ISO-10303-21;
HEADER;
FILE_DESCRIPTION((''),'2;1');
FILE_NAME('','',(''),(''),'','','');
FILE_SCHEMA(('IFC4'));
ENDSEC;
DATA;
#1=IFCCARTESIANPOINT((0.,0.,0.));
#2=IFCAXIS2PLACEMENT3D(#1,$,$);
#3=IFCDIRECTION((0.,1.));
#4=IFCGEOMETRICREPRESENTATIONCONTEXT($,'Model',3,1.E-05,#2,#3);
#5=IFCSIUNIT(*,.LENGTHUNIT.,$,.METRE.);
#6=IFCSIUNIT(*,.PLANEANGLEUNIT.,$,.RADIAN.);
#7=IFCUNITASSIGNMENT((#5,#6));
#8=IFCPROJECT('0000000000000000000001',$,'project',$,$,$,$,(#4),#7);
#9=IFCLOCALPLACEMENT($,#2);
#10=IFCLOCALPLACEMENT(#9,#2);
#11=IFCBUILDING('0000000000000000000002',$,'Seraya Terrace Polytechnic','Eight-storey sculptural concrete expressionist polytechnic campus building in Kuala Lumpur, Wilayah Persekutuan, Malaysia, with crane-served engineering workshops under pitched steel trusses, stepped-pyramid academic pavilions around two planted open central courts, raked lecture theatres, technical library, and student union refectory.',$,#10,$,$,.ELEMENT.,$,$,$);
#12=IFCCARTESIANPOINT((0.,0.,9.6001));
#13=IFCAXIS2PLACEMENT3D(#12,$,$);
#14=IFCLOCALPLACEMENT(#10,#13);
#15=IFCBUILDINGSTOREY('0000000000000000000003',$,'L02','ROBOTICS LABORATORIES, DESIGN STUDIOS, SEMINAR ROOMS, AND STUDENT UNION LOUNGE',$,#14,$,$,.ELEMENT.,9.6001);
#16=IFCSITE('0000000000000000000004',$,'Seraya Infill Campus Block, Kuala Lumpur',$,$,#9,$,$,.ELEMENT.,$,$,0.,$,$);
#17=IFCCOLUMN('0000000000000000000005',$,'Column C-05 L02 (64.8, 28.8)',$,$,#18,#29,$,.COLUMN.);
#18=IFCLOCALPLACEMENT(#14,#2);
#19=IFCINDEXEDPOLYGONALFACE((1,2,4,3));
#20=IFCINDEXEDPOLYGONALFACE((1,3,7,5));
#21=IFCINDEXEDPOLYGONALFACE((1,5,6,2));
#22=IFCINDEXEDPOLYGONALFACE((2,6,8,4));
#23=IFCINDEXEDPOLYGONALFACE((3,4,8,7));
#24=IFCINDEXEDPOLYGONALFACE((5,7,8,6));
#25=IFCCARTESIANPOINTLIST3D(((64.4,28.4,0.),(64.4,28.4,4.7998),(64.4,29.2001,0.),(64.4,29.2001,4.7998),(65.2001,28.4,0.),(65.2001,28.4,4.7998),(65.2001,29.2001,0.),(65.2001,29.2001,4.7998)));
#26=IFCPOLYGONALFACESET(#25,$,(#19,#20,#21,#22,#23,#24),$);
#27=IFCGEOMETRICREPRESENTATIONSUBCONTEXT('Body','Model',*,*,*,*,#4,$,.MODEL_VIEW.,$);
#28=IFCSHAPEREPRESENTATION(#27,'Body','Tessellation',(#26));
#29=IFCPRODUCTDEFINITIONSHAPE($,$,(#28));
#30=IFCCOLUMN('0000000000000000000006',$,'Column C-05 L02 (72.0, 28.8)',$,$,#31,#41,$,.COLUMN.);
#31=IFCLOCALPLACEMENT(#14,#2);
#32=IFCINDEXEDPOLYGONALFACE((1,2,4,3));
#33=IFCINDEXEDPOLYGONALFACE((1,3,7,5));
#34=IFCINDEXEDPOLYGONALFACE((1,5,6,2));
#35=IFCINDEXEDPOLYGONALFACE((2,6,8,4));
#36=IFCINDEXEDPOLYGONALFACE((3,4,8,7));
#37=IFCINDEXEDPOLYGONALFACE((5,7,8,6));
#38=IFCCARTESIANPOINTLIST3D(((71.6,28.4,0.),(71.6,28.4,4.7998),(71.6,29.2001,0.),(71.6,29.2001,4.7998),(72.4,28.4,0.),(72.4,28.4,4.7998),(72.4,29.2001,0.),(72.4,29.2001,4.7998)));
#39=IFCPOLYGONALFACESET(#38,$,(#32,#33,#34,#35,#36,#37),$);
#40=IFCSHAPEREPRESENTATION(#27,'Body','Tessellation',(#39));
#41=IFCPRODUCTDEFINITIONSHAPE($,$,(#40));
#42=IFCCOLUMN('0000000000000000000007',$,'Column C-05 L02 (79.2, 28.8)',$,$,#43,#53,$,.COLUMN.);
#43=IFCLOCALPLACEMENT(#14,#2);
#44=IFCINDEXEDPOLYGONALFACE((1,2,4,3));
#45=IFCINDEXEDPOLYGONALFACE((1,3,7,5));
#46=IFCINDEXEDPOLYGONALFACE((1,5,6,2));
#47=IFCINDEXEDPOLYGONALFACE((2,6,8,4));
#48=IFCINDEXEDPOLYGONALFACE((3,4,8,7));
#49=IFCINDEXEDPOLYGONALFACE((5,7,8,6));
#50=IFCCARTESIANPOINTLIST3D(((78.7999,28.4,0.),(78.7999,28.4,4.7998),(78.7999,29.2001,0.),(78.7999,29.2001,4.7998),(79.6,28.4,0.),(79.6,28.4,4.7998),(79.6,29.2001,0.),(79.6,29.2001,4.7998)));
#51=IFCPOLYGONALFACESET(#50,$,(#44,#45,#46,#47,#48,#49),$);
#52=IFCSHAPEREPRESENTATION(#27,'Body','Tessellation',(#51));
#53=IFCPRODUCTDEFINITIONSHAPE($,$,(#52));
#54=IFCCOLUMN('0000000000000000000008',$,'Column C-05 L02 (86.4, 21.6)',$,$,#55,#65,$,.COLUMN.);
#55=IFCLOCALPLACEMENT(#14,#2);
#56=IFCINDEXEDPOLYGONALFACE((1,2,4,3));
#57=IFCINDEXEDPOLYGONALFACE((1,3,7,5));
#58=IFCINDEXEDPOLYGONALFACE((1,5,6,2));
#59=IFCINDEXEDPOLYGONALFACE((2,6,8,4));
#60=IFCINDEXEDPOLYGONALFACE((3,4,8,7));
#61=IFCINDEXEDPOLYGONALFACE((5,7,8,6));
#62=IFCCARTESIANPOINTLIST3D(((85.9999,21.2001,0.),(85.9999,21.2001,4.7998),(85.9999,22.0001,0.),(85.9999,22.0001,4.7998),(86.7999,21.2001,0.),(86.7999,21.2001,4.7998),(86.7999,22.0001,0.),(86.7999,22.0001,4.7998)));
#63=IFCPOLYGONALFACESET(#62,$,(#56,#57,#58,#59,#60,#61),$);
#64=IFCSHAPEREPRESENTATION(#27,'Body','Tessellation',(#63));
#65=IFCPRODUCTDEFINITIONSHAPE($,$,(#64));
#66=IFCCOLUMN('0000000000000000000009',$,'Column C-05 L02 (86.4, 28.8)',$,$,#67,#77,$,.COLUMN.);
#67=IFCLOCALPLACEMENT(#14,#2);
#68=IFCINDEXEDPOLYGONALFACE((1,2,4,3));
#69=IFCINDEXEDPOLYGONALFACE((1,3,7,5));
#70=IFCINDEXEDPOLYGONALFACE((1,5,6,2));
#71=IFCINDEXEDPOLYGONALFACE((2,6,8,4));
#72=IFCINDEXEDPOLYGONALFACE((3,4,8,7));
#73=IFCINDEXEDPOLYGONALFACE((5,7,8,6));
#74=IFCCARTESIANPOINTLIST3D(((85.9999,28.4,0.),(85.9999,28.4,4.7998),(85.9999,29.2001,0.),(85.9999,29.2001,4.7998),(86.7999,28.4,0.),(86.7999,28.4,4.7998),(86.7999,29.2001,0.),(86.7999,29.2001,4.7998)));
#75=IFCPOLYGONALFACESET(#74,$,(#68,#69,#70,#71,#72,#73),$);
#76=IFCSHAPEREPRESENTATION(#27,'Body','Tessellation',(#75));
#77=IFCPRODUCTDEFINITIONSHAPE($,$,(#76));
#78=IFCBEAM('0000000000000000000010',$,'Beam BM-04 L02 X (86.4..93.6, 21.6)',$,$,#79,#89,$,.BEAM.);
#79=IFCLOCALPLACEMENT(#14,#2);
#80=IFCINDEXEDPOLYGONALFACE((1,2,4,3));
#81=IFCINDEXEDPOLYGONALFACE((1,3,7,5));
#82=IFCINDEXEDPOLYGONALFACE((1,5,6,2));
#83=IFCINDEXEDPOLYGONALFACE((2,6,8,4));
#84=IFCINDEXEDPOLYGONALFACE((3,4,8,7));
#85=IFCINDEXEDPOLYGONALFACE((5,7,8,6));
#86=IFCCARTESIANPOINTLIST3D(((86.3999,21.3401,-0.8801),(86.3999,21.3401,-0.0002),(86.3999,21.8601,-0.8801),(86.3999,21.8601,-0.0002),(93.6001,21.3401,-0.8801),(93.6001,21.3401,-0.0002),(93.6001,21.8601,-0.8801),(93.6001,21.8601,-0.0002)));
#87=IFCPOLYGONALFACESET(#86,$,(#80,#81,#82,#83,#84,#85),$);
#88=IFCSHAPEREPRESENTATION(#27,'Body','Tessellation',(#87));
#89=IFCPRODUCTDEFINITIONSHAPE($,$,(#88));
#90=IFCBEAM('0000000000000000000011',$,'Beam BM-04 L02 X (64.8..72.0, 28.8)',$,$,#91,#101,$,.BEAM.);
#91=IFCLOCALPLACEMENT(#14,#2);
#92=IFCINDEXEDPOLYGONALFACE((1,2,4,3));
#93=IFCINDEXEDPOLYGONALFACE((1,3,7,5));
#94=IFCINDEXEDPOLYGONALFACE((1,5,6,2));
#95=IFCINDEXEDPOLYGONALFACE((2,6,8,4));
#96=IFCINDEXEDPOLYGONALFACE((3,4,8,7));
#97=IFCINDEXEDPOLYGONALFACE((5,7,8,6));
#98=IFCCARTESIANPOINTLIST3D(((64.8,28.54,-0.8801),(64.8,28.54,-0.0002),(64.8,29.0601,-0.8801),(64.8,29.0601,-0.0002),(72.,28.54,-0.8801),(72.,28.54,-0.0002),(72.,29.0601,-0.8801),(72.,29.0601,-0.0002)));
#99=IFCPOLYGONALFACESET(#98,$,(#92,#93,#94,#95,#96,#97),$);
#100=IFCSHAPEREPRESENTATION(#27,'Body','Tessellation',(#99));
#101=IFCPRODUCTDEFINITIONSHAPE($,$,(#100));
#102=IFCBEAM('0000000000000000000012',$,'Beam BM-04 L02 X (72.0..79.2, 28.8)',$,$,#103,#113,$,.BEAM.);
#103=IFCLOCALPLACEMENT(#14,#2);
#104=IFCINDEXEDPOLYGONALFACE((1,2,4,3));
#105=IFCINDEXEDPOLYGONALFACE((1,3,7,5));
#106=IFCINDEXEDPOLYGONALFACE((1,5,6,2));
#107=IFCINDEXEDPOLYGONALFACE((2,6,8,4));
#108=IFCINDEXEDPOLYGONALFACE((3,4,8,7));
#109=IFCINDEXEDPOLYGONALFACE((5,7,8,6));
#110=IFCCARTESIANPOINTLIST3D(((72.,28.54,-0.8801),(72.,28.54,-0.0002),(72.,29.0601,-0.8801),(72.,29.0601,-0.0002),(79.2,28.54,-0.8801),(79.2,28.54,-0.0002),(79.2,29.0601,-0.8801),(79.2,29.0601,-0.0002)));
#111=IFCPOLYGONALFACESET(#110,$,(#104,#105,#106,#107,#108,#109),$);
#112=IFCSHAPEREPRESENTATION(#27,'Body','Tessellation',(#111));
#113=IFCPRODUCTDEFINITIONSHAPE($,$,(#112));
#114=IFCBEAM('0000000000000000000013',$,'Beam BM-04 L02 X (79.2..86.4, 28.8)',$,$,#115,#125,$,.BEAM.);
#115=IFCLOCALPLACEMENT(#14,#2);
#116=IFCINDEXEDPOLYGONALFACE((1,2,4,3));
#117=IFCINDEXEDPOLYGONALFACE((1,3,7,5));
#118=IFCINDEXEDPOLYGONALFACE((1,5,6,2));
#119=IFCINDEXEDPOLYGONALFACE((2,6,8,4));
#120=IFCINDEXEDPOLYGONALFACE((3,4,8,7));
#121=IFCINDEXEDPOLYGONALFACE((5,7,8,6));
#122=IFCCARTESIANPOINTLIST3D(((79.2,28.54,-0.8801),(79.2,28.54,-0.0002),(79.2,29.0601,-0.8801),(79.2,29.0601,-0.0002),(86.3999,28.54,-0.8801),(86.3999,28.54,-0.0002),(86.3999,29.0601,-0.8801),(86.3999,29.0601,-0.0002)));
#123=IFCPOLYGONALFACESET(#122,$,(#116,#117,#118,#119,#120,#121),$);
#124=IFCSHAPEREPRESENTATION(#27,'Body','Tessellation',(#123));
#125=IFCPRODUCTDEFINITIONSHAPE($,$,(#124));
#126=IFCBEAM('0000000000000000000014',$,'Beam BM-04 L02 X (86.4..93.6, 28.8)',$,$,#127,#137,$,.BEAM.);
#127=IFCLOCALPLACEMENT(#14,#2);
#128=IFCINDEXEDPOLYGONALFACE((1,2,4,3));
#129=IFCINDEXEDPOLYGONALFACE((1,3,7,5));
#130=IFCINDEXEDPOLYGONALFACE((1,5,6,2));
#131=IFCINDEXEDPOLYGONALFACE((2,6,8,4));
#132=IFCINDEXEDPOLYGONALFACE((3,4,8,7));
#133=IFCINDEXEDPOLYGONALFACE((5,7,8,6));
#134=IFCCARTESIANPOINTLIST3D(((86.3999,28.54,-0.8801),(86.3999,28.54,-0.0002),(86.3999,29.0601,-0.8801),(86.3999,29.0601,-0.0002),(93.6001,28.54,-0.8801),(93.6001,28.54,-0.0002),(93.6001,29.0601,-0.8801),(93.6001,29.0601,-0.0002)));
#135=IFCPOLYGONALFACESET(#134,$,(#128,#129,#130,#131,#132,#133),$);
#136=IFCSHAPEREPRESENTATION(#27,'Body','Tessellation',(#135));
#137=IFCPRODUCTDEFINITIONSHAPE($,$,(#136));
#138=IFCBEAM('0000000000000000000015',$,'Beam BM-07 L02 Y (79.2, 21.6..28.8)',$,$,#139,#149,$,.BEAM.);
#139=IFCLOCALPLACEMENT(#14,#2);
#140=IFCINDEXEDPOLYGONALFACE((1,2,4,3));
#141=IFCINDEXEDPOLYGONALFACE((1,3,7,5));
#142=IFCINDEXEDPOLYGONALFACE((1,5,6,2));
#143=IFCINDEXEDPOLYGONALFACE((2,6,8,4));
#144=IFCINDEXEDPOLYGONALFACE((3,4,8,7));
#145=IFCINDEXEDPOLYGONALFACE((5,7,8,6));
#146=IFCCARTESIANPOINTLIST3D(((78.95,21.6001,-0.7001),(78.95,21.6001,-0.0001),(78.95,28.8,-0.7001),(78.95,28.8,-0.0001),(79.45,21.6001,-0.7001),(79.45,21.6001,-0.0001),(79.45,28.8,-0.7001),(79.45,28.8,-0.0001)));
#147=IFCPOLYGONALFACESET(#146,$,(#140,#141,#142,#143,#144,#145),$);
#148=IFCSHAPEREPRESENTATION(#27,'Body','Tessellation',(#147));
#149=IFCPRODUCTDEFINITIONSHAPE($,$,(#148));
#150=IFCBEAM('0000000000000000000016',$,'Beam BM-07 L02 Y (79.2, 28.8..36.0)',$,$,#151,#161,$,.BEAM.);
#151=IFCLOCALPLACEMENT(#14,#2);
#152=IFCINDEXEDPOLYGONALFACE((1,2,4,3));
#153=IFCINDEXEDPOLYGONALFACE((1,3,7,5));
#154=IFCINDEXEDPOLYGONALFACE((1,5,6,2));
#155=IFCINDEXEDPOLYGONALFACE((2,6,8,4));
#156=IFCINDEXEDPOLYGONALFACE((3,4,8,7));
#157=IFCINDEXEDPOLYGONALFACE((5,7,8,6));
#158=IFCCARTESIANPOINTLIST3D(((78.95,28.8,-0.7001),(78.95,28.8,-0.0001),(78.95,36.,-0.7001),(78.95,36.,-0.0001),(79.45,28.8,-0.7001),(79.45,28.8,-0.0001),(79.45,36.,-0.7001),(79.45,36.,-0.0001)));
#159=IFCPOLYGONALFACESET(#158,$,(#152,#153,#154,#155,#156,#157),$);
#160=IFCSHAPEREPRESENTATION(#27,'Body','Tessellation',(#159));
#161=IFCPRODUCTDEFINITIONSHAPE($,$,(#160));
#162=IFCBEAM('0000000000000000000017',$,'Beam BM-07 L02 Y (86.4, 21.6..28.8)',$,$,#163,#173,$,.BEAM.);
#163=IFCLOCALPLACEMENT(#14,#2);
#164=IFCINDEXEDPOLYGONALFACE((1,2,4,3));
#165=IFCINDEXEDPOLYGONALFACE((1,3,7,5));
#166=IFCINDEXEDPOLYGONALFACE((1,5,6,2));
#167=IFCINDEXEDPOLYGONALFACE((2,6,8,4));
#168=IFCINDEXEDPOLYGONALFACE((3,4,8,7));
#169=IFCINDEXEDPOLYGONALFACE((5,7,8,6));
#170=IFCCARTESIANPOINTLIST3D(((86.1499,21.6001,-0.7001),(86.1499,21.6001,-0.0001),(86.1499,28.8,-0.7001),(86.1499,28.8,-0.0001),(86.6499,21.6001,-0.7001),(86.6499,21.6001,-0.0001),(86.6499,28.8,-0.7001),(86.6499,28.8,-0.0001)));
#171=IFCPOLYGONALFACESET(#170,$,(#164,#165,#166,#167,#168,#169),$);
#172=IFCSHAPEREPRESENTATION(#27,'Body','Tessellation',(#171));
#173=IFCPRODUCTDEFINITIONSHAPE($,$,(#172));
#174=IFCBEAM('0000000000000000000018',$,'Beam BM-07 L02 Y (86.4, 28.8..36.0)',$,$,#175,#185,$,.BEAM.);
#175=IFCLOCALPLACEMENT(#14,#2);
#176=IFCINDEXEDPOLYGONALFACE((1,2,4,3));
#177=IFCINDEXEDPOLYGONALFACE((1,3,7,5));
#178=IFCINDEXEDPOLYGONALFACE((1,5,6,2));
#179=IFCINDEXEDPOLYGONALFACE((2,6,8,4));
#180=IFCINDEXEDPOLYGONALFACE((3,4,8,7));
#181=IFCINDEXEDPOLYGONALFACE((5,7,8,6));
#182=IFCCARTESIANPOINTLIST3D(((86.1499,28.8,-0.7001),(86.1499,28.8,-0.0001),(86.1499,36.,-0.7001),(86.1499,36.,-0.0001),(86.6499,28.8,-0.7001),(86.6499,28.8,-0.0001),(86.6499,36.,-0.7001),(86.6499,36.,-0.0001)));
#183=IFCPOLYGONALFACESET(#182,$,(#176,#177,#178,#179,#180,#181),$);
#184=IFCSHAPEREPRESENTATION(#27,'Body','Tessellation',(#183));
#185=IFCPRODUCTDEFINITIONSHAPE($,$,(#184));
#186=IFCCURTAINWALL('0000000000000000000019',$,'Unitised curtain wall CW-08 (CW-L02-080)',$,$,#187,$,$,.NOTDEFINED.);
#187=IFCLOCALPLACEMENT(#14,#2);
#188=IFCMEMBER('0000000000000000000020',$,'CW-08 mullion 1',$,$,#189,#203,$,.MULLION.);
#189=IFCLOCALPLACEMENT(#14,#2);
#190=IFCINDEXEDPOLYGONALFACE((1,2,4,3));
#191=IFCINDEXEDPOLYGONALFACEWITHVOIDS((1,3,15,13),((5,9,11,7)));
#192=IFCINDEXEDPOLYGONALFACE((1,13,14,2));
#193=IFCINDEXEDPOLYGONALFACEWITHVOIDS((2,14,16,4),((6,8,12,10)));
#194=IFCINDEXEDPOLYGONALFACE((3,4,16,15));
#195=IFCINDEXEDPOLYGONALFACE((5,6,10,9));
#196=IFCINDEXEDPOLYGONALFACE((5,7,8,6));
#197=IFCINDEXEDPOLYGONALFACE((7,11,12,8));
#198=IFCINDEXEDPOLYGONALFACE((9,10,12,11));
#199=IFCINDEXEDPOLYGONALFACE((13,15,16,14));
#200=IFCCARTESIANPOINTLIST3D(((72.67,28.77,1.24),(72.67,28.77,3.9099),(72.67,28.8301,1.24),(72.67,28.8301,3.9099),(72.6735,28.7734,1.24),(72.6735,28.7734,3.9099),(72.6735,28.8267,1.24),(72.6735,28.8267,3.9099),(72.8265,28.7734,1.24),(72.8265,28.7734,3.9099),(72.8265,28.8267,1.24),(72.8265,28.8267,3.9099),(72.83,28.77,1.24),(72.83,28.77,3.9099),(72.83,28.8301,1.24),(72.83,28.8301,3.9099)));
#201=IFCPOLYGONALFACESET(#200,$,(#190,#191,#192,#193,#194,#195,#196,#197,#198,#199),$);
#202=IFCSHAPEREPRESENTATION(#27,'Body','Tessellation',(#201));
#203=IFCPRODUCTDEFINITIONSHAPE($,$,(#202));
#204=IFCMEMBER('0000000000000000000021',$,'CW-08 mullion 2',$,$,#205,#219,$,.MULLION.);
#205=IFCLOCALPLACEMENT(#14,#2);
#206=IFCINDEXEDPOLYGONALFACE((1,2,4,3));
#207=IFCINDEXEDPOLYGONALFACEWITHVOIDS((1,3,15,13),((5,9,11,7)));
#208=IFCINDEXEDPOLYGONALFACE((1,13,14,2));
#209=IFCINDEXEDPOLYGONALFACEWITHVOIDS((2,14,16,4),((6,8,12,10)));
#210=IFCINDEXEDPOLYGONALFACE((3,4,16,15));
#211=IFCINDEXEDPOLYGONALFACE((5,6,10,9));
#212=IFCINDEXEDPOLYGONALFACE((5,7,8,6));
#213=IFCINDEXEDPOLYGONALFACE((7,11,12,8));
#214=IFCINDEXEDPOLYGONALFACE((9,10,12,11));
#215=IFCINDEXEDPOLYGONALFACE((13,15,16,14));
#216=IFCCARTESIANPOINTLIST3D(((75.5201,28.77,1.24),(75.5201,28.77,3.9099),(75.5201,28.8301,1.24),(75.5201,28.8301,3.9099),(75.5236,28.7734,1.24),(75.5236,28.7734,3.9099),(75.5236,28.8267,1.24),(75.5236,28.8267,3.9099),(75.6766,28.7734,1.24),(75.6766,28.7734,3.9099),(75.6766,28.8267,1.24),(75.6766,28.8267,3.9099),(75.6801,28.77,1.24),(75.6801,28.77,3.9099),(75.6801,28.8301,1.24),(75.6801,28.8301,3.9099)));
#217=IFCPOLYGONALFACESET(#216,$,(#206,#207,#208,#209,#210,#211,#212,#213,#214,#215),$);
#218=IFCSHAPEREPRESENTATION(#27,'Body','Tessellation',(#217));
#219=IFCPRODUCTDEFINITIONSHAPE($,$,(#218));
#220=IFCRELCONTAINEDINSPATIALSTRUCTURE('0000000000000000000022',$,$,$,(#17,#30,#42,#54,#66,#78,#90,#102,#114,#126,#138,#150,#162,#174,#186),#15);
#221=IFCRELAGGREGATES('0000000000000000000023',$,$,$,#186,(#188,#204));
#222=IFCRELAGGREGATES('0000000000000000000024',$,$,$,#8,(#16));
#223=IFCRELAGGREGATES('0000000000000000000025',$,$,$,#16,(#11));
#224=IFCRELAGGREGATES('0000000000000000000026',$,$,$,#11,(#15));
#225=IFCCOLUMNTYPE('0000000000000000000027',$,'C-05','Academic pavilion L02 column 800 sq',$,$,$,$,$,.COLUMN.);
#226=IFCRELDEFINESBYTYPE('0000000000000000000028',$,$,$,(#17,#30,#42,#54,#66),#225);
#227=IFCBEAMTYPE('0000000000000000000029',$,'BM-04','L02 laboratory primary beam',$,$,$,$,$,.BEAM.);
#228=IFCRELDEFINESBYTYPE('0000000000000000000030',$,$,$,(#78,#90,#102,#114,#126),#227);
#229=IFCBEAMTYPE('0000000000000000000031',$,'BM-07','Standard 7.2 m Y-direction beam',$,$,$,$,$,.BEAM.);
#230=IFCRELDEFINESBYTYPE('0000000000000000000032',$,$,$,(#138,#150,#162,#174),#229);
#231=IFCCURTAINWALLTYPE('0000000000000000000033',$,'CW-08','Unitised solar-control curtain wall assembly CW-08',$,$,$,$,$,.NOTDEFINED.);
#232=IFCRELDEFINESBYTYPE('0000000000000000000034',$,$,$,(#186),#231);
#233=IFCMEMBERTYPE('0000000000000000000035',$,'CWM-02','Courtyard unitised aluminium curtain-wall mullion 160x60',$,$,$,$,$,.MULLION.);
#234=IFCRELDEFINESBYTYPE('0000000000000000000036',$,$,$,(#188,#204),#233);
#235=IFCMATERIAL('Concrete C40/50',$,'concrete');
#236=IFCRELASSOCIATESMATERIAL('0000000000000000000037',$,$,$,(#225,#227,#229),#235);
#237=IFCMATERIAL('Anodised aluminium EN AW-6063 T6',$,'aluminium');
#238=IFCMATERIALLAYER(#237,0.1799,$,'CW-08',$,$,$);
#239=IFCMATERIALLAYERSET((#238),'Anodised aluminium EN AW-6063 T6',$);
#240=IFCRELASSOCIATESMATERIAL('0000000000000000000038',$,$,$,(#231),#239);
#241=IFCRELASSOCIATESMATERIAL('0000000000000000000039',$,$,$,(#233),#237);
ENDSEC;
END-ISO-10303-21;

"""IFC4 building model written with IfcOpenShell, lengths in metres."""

from ifc_helpers import new_model, si_unit, direction, frame, origin, origin_2d, place, context, subcontext, project, spatial, rectangle, hollow_rectangle, extrude, material, layer, layer_set, material_profile, profile_set, type_object, element, aggregate, save


model = new_model("IFC4")

# Units and contexts
model_context = context("Model", 3, precision=1e-05, world=origin(), true_north=direction((0.0, 1.0)))
body_context = subcontext(model_context, "Body", "Model", "MODEL_VIEW")
ifc_project = project(units=[si_unit("LENGTHUNIT", "METRE"), si_unit("PLANEANGLEUNIT", "RADIAN")], contexts=[model_context])

# Site, building, storey
site_placement = place(None, origin())
site = spatial("IfcSite", under=ifc_project, at=site_placement, Name="Seraya Infill Campus Block, Kuala Lumpur", CompositionType="ELEMENT", RefElevation=0.0)
building_placement = place(site_placement, origin())
building = spatial("IfcBuilding", under=site, at=building_placement, Name="Seraya Terrace Polytechnic", Description="Eight-storey sculptural concrete expressionist polytechnic campus building in Kuala Lumpur, Wilayah Persekutuan, Malaysia, with crane-served engineering workshops under pitched steel trusses, stepped-pyramid academic pavilions around two planted open central courts, raked lecture theatres, technical library, and student union refectory.", CompositionType="ELEMENT")
storey_placement = place(building_placement, frame((0.0, 0.0, 9.6001)))
storey = spatial("IfcBuildingStorey", under=building, at=storey_placement, Name="L02", Description="ROBOTICS LABORATORIES, DESIGN STUDIOS, SEMINAR ROOMS, AND STUDENT UNION LOUNGE", CompositionType="ELEMENT", Elevation=9.6001)

# Columns
ifc_material_1 = material(Name="Concrete C40/50", Category="concrete")
ifc_material_profile_1 = material_profile(ifc_material_1, rectangle(XDim=0.8, YDim=0.8, at=origin_2d()), Name="RC 800x800")
ifc_profile_set_1 = profile_set([ifc_material_profile_1], Name="Concrete C40/50")
column_type = type_object("IfcColumnType", Name="C-05", Description="Academic pavilion L02 column 800 sq", PredefinedType="COLUMN", material=ifc_profile_set_1)
for number, where, z_axis, x_axis, name in (
    (1, (64.8, 28.8, 0.0), (0.0, 0.0, 1.0), (1.0, 0.0, 0.0), "Column C-05 L02 (64.8, 28.8)"),
    (2, (72.0, 28.8, 0.0), (0.0, 0.0, 1.0), (1.0, 0.0, 0.0), "Column C-05 L02 (72.0, 28.8)"),
    (3, (79.2, 28.8, 0.0), (0.0, 0.0, 1.0), (1.0, 0.0, 0.0), "Column C-05 L02 (79.2, 28.8)"),
    (4, (86.3999, 21.6001, 0.0), (0.0, 0.0, 1.0), (1.0, 0.0, 0.0), "Column C-05 L02 (86.4, 21.6)"),
    (5, (86.3999, 28.8, 0.0), (0.0, 0.0, 1.0), (1.0, 0.0, 0.0), "Column C-05 L02 (86.4, 28.8)"),
):
    element("IfcColumn", number, at=place(storey_placement, frame(where, z_axis=z_axis, x_axis=x_axis)), inside=storey, type_object=column_type, Name=name, PredefinedType="COLUMN", context=body_context, shape_type="SweptSolid", body=[
        extrude(rectangle(XDim=0.8, YDim=0.8, at=origin_2d()), origin(), (0.0, 0.0, 1.0), 4.7998),
    ])

# Beams
ifc_material_profile_2 = material_profile(ifc_material_1, rectangle(XDim=0.52, YDim=0.8799, at=origin_2d()), Name="RC 520x880")
ifc_profile_set_2 = profile_set([ifc_material_profile_2], Name="Concrete C40/50")
beam_type_1 = type_object("IfcBeamType", Name="BM-04", Description="L02 laboratory primary beam", PredefinedType="BEAM", material=ifc_profile_set_2)
beam_1_placement = place(storey_placement, frame((86.3999, 21.6001, -0.4402), z_axis=(1.0, 0.0, 0.0), x_axis=(0.0, 1.0, 0.0)))
element("IfcBeam", 6, at=beam_1_placement, inside=storey, type_object=beam_type_1, Name="Beam BM-04 L02 X (86.4..93.6, 21.6)", PredefinedType="BEAM", context=body_context, shape_type="SweptSolid", body=[
    extrude(rectangle(XDim=0.52, YDim=0.8799, at=origin_2d()), origin(), (0.0, 0.0, 1.0), 7.2002),
])
for number, where, z_axis, x_axis, name in (
    (7, (64.8, 28.8, -0.4402), (1.0, 0.0, 0.0), (0.0, 1.0, 0.0), "Beam BM-04 L02 X (64.8..72.0, 28.8)"),
    (8, (72.0, 28.8, -0.4402), (1.0, 0.0, 0.0), (0.0, 1.0, 0.0), "Beam BM-04 L02 X (72.0..79.2, 28.8)"),
    (9, (79.2, 28.8, -0.4402), (1.0, 0.0, 0.0), (0.0, 1.0, 0.0), "Beam BM-04 L02 X (79.2..86.4, 28.8)"),
):
    element("IfcBeam", number, at=place(storey_placement, frame(where, z_axis=z_axis, x_axis=x_axis)), inside=storey, type_object=beam_type_1, Name=name, PredefinedType="BEAM", context=body_context, shape_type="SweptSolid", body=[
        extrude(rectangle(XDim=0.52, YDim=0.8799, at=origin_2d()), origin(), (0.0, 0.0, 1.0), 7.2),
    ])
beam_2_placement = place(storey_placement, frame((86.3999, 28.8, -0.4402), z_axis=(1.0, 0.0, 0.0), x_axis=(0.0, 1.0, 0.0)))
element("IfcBeam", 10, at=beam_2_placement, inside=storey, type_object=beam_type_1, Name="Beam BM-04 L02 X (86.4..93.6, 28.8)", PredefinedType="BEAM", context=body_context, shape_type="SweptSolid", body=[
    extrude(rectangle(XDim=0.52, YDim=0.8799, at=origin_2d()), origin(), (0.0, 0.0, 1.0), 7.2002),
])
ifc_material_profile_3 = material_profile(ifc_material_1, rectangle(XDim=0.5, YDim=0.7, at=origin_2d()), Name="RC 500x700")
ifc_profile_set_3 = profile_set([ifc_material_profile_3], Name="Concrete C40/50")
beam_type_2 = type_object("IfcBeamType", Name="BM-07", Description="Standard 7.2 m Y-direction beam", PredefinedType="BEAM", material=ifc_profile_set_3)
for number, where, z_axis, x_axis, name in (
    (11, (79.2, 21.6001, -0.3501), (0.0, 1.0, 0.0), (-1.0, 0.0, 0.0), "Beam BM-07 L02 Y (79.2, 21.6..28.8)"),
    (12, (79.2, 28.8, -0.3501), (0.0, 1.0, 0.0), (-1.0, 0.0, 0.0), "Beam BM-07 L02 Y (79.2, 28.8..36.0)"),
    (13, (86.3999, 21.6001, -0.3501), (0.0, 1.0, 0.0), (-1.0, 0.0, 0.0), "Beam BM-07 L02 Y (86.4, 21.6..28.8)"),
    (14, (86.3999, 28.8, -0.3501), (0.0, 1.0, 0.0), (-1.0, 0.0, 0.0), "Beam BM-07 L02 Y (86.4, 28.8..36.0)"),
):
    element("IfcBeam", number, at=place(storey_placement, frame(where, z_axis=z_axis, x_axis=x_axis)), inside=storey, type_object=beam_type_2, Name=name, PredefinedType="BEAM", context=body_context, shape_type="SweptSolid", body=[
        extrude(rectangle(XDim=0.5, YDim=0.7, at=origin_2d()), origin(), (0.0, 0.0, 1.0), 7.2),
    ])

# Curtain wall, members
ifc_material_2 = material(Name="Anodised aluminium EN AW-6063 T6", Category="aluminium")
ifc_layer_1 = layer(ifc_material_2, 0.1799, Name="CW-08")
ifc_layer_set_1 = layer_set([ifc_layer_1], Name="Anodised aluminium EN AW-6063 T6")
curtain_wall_type = type_object("IfcCurtainWallType", Name="CW-08", Description="Unitised solar-control curtain wall assembly CW-08", PredefinedType="NOTDEFINED", material=ifc_layer_set_1)
curtain_wall_placement = place(storey_placement, origin())
curtain_wall = element("IfcCurtainWall", 15, at=curtain_wall_placement, inside=storey, type_object=curtain_wall_type, Name="Unitised curtain wall CW-08 (CW-L02-080)", PredefinedType="NOTDEFINED")
ifc_material_profile_4 = material_profile(ifc_material_2, hollow_rectangle(XDim=0.0601, YDim=0.1599, WallThickness=0.0034, at=origin_2d()), Name="RHS 160x60x3.5")
ifc_profile_set_4 = profile_set([ifc_material_profile_4], Name="Anodised aluminium EN AW-6063 T6")
member_type_1 = type_object("IfcMemberType", Name="CWM-02", Description="Courtyard unitised aluminium curtain-wall mullion 160x60", PredefinedType="MULLION", material=ifc_profile_set_4)
member_1_placement = place(storey_placement, frame((72.75, 28.8, 1.24), z_axis=(0.0, 0.0, 1.0), x_axis=(0.0, 1.0, 0.0)))
member_1 = element("IfcMember", 16, at=member_1_placement, type_object=member_type_1, Name="CW-08 mullion 1", PredefinedType="MULLION", context=body_context, shape_type="SweptSolid", body=[
    extrude(hollow_rectangle(XDim=0.0601, YDim=0.1599, WallThickness=0.0034, at=origin_2d()), origin(), (0.0, 0.0, 1.0), 2.6699),
])
member_2_placement = place(storey_placement, frame((75.6001, 28.8, 1.24), z_axis=(0.0, 0.0, 1.0), x_axis=(0.0, 1.0, 0.0)))
member_2 = element("IfcMember", 17, at=member_2_placement, type_object=member_type_1, Name="CW-08 mullion 2", PredefinedType="MULLION", context=body_context, shape_type="SweptSolid", body=[
    extrude(hollow_rectangle(XDim=0.0601, YDim=0.1599, WallThickness=0.0034, at=origin_2d()), origin(), (0.0, 0.0, 1.0), 2.6699),
])

aggregate(curtain_wall, [member_1, member_2])

save(model, "model.ifc")
